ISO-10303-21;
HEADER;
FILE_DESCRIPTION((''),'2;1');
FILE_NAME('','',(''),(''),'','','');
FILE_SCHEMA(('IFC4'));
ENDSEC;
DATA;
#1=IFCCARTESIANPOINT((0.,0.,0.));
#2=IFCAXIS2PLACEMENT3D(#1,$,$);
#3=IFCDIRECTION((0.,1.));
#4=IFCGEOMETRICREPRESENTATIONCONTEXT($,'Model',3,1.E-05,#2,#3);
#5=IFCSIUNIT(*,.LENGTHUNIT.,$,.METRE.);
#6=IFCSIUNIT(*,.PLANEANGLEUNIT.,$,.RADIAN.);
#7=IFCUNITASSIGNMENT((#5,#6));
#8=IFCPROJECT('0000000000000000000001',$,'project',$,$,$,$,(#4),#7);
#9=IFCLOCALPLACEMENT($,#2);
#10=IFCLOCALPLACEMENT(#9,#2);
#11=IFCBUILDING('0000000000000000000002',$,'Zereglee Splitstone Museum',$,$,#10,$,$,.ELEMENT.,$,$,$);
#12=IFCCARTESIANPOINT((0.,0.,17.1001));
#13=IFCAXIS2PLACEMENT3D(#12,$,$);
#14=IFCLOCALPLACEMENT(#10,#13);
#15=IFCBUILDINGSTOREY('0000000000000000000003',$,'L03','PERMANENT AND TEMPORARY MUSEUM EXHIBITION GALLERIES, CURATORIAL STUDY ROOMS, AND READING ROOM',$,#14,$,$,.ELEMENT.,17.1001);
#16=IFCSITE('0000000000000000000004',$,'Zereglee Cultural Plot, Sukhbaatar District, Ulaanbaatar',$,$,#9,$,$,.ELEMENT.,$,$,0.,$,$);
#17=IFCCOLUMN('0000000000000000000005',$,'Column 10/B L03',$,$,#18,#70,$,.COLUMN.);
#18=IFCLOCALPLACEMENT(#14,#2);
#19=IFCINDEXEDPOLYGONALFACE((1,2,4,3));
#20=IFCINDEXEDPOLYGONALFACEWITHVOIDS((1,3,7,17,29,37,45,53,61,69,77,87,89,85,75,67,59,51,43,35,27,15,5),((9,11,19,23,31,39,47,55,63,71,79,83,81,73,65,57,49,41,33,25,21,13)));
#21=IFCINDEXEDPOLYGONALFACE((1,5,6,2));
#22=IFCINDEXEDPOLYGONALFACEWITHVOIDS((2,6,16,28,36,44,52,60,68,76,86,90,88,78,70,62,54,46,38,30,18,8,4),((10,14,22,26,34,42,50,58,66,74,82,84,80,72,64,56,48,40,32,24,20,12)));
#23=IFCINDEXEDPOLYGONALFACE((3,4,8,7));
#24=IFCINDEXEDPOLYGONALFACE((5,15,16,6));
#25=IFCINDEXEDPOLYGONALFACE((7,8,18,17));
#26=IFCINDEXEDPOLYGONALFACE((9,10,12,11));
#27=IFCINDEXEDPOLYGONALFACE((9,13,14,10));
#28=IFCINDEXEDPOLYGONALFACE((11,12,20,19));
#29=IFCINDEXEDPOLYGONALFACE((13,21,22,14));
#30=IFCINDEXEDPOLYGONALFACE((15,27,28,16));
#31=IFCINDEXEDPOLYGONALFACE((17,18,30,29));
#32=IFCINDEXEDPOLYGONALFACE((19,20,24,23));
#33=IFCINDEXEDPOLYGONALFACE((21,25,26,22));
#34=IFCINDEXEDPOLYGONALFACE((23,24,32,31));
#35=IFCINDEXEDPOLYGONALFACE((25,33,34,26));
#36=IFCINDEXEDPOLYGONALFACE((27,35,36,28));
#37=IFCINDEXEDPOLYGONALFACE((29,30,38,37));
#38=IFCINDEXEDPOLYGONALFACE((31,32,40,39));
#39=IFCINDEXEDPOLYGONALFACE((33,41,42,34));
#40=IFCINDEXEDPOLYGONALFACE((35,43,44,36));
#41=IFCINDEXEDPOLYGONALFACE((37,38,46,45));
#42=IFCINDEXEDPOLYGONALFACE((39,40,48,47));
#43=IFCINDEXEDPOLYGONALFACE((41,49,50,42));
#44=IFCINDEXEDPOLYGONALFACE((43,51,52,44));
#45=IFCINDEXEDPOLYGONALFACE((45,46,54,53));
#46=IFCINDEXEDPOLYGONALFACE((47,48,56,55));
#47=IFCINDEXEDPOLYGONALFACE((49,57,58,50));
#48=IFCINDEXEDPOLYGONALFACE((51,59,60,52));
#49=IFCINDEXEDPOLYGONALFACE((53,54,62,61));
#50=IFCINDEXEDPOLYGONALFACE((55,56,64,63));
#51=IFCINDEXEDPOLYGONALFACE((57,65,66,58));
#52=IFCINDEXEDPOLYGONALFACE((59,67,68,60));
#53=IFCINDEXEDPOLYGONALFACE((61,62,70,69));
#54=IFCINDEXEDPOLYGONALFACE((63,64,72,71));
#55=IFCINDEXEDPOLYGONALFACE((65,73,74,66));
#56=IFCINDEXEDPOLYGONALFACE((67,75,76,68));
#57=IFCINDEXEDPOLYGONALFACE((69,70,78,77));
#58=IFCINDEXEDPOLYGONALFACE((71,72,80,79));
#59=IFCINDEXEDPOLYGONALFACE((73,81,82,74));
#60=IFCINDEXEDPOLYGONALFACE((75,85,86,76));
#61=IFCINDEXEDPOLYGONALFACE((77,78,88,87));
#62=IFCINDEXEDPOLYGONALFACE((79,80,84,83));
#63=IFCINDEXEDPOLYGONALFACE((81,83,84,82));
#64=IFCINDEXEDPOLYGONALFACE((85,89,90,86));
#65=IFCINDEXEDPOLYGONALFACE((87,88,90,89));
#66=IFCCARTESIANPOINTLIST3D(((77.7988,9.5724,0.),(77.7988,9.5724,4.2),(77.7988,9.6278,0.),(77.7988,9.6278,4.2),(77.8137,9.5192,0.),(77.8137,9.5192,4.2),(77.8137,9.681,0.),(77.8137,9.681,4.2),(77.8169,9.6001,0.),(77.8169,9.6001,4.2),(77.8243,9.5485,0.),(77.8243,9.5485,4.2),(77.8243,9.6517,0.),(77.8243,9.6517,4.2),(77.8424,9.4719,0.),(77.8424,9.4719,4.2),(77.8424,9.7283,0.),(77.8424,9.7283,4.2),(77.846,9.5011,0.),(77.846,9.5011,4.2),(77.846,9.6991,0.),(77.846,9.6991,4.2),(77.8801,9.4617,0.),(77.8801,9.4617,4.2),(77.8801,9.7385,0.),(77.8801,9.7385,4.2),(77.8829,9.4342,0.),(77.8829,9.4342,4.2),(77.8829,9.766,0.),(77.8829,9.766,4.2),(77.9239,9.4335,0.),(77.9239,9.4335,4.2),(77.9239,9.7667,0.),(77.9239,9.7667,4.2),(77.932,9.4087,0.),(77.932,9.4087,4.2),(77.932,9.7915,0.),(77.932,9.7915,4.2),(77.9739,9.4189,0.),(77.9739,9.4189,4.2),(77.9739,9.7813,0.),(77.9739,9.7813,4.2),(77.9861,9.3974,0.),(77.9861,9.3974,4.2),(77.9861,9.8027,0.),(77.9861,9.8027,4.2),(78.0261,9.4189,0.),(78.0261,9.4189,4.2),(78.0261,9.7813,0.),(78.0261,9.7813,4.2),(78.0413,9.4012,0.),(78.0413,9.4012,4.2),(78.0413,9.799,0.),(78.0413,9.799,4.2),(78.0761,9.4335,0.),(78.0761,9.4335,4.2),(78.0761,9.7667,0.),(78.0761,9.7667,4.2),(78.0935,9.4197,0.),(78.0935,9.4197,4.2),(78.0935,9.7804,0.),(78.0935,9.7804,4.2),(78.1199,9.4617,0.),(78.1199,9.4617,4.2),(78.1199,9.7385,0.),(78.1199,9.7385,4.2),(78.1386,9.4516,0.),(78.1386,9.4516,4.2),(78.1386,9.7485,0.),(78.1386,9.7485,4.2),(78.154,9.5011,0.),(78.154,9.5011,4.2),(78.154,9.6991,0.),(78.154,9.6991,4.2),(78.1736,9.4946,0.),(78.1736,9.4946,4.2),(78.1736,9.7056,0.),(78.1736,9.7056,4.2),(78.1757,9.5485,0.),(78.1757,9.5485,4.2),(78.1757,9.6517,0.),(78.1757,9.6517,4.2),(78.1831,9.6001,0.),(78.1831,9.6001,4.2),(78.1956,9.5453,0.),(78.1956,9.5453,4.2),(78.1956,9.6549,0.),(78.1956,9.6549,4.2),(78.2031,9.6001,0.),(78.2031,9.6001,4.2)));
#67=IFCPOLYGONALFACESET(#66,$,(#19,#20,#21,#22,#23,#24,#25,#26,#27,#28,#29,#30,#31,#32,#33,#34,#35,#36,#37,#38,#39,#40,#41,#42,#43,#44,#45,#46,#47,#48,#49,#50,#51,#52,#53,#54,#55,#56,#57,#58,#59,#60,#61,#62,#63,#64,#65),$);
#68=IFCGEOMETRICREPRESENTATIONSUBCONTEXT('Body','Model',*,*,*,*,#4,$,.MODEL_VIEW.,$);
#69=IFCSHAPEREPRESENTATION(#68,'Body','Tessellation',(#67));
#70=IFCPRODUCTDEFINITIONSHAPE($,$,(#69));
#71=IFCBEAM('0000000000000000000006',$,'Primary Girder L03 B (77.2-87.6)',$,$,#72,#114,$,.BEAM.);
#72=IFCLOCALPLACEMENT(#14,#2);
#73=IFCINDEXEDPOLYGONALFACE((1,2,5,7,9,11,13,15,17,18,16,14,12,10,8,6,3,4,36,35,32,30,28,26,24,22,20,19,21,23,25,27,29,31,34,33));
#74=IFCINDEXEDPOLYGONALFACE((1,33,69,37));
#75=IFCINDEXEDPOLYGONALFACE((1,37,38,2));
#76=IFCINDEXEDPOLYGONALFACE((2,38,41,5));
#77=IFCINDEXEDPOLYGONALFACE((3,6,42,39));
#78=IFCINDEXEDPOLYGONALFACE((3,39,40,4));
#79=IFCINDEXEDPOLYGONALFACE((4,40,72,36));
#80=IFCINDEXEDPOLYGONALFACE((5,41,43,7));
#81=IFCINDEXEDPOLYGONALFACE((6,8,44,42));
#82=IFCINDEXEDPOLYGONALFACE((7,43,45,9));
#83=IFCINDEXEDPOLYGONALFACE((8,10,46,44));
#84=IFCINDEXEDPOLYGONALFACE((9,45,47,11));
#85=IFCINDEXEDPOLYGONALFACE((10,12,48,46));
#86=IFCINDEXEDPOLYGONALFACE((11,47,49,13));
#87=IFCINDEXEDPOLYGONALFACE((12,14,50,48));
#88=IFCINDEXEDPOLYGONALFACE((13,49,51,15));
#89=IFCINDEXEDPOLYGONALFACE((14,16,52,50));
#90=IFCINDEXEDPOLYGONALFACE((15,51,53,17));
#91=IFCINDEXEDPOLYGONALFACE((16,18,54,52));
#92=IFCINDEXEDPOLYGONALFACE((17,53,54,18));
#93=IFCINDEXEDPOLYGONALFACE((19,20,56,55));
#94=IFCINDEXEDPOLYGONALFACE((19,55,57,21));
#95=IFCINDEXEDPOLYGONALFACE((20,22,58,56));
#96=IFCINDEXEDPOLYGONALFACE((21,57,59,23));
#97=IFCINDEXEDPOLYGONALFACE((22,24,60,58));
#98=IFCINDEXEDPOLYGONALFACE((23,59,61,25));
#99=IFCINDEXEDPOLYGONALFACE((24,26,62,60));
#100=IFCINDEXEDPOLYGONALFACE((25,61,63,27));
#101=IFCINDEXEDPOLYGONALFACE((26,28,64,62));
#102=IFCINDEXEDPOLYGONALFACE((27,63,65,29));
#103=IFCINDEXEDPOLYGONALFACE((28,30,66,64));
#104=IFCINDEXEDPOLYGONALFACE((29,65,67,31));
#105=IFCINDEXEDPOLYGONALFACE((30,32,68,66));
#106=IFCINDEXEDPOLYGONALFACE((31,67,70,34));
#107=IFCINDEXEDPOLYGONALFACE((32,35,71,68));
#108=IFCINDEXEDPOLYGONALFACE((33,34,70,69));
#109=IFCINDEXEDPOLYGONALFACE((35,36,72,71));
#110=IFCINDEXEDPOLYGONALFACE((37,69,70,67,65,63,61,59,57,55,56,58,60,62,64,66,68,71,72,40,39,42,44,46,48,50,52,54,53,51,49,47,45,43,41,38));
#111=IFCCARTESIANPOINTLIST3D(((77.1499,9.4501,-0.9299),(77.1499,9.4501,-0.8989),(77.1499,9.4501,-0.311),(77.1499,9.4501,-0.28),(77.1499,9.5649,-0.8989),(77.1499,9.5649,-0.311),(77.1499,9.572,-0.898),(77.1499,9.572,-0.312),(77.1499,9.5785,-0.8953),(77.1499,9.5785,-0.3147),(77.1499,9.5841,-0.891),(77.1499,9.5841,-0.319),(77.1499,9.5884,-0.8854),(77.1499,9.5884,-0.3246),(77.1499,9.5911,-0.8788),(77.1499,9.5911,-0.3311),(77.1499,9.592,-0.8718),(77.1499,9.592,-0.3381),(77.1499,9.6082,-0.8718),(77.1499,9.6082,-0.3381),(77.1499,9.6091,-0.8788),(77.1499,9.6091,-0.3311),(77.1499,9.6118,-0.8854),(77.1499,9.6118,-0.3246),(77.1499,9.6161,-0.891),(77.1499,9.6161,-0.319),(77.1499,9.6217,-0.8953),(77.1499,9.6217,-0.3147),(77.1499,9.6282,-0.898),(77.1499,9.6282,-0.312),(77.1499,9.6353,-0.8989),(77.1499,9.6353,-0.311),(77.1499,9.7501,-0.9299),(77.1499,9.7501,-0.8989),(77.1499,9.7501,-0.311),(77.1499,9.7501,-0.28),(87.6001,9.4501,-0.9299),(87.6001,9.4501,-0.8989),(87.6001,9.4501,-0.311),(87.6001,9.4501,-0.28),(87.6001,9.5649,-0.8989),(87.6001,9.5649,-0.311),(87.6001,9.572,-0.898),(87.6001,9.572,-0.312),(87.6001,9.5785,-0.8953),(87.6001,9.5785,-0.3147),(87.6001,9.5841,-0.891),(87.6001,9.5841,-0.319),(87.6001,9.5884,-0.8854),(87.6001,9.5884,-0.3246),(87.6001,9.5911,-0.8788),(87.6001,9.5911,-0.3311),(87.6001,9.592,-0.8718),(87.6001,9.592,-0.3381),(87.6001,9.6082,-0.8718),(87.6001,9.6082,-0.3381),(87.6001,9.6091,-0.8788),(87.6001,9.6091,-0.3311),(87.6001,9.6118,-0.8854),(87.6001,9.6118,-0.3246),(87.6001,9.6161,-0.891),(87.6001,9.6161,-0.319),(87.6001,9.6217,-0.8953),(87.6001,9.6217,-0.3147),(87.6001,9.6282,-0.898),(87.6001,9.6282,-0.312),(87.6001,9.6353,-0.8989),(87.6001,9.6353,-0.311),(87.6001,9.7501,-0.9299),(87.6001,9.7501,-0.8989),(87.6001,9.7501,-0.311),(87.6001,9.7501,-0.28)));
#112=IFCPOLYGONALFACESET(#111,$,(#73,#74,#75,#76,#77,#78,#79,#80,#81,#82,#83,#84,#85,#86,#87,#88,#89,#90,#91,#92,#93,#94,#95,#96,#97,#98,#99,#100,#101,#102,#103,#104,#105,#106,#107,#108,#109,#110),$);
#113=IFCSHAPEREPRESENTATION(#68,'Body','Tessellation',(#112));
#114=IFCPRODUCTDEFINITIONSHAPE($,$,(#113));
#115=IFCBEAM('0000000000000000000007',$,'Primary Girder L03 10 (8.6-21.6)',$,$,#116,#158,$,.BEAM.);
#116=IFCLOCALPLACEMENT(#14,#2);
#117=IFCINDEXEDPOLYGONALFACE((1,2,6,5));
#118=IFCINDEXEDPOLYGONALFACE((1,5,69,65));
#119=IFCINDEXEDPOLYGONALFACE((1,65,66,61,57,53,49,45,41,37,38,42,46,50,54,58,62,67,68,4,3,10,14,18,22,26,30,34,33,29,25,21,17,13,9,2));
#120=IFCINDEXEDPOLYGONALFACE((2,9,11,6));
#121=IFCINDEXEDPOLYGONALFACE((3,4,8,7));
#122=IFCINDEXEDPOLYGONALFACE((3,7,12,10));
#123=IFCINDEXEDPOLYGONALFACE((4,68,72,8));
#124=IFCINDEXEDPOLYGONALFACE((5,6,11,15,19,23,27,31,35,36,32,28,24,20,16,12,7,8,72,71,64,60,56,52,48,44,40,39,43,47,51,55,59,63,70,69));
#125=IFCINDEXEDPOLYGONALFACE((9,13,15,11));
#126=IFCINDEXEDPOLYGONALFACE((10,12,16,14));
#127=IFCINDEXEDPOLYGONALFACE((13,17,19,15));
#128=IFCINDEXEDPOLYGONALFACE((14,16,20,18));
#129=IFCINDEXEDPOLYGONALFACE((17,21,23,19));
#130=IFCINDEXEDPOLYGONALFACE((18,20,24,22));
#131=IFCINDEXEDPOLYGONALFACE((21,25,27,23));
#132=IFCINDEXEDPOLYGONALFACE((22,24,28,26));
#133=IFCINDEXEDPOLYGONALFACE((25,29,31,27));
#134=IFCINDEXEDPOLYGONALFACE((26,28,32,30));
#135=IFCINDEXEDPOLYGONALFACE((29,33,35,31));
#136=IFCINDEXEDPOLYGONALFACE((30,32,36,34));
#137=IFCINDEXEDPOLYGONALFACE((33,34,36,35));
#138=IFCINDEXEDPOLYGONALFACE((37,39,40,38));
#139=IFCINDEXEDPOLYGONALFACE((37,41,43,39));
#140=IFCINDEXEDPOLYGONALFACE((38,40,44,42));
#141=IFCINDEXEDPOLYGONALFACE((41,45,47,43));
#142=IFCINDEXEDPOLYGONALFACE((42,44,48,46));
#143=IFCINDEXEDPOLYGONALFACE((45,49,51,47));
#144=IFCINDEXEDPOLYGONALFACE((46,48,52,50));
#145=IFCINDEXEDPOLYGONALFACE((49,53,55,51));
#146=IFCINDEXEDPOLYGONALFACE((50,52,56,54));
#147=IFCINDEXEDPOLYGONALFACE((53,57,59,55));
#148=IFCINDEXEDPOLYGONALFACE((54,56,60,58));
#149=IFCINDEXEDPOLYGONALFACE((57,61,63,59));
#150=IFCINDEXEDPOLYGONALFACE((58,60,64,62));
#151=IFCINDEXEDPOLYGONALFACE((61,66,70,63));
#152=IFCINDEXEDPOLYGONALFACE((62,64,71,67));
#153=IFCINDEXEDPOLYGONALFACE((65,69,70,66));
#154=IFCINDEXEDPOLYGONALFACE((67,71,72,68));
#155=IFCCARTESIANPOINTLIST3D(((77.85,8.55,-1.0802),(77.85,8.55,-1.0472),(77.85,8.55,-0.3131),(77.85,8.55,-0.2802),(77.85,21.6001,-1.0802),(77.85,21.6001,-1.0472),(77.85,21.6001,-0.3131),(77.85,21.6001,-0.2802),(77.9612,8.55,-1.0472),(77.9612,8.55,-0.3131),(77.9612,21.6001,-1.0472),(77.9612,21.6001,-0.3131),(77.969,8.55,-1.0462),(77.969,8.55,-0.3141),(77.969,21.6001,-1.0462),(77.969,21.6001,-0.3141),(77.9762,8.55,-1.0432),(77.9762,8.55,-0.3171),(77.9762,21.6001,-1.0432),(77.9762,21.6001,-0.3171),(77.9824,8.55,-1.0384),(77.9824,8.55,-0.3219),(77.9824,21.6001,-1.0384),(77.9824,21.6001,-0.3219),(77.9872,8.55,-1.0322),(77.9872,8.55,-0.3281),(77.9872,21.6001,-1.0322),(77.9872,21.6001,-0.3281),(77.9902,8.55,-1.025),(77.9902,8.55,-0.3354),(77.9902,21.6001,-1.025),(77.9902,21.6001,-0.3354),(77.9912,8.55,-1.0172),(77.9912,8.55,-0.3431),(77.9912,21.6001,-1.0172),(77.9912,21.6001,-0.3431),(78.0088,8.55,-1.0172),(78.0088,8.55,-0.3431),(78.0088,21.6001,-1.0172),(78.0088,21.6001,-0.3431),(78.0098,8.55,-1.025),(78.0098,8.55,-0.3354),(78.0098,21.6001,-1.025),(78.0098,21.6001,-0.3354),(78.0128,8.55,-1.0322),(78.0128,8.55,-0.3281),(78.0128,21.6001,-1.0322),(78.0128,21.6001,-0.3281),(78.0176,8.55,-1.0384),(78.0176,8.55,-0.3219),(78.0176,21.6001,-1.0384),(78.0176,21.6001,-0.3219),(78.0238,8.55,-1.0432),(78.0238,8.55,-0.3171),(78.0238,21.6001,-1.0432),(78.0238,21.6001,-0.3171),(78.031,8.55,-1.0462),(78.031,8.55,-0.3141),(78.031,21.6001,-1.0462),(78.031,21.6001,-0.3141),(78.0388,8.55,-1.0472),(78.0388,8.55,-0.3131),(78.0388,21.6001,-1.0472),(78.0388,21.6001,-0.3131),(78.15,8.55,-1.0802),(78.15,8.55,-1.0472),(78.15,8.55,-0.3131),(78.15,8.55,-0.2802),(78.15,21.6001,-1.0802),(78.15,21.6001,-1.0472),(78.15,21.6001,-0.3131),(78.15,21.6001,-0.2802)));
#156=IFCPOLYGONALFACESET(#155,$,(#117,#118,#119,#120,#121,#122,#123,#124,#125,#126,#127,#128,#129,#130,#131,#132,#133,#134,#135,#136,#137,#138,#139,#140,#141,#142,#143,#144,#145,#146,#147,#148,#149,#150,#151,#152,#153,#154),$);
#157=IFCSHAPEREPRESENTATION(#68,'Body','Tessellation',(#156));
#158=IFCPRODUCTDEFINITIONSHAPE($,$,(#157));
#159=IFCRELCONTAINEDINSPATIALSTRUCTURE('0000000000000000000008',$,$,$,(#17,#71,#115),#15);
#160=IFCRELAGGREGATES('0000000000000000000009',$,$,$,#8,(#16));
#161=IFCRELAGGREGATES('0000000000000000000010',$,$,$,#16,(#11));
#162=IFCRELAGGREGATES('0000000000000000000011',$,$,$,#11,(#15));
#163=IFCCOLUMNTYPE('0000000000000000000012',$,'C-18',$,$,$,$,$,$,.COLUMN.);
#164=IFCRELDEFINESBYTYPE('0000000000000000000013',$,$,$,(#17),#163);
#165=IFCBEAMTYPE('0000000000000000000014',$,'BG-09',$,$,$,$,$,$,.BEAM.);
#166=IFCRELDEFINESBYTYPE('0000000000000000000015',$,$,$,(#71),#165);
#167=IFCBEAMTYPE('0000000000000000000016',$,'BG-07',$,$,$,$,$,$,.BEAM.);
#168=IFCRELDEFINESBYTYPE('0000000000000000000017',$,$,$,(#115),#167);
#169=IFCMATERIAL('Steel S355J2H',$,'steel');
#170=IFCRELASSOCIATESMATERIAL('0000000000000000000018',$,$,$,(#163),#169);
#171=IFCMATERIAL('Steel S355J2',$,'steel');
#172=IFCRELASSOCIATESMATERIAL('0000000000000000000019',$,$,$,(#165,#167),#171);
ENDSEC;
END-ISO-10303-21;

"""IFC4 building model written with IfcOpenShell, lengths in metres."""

from ifc_helpers import new_model, si_unit, direction, frame, origin, origin_2d, place, context, subcontext, project, spatial, hollow_circle, i_section, extrude, material, material_profile, profile_set, type_object, element, save


model = new_model("IFC4")

# Units and contexts
model_context = context("Model", 3, precision=1e-05, world=origin(), true_north=direction((0.0, 1.0)))
body_context = subcontext(model_context, "Body", "Model", "MODEL_VIEW")
ifc_project = project(units=[si_unit("LENGTHUNIT", "METRE"), si_unit("PLANEANGLEUNIT", "RADIAN")], contexts=[model_context])

# Site, building, storey
site_placement = place(None, origin())
site = spatial("IfcSite", under=ifc_project, at=site_placement, Name="Zereglee Cultural Plot, Sukhbaatar District, Ulaanbaatar", CompositionType="ELEMENT", RefElevation=0.0)
building_placement = place(site_placement, origin())
building = spatial("IfcBuilding", under=site, at=building_placement, Name="Zereglee Splitstone Museum", CompositionType="ELEMENT")
storey_placement = place(building_placement, frame((0.0, 0.0, 17.1001)))
storey = spatial("IfcBuildingStorey", under=building, at=storey_placement, Name="L03", Description="PERMANENT AND TEMPORARY MUSEUM EXHIBITION GALLERIES, CURATORIAL STUDY ROOMS, AND READING ROOM", CompositionType="ELEMENT", Elevation=17.1001)

# Column
ifc_material_1 = material(Name="Steel S355J2H", Category="steel")
ifc_material_profile_1 = material_profile(ifc_material_1, hollow_circle(Radius=0.2031, WallThickness=0.02, at=origin_2d()), Name="CHS 406.4x20")
ifc_profile_set_1 = profile_set([ifc_material_profile_1], Name="Steel S355J2H")
column_type = type_object("IfcColumnType", Name="C-18", PredefinedType="COLUMN", material=ifc_profile_set_1)
column_placement = place(storey_placement, frame((78.0, 9.6001, 0.0), z_axis=(0.0, 0.0, 1.0), x_axis=(1.0, 0.0, 0.0)))
element("IfcColumn", 1, at=column_placement, inside=storey, type_object=column_type, Name="Column 10/B L03", PredefinedType="COLUMN", context=body_context, shape_type="SweptSolid", body=[
    extrude(hollow_circle(Radius=0.2031, WallThickness=0.02, at=origin_2d()), origin(), (0.0, 0.0, 1.0), 4.2),
])

# Beams
ifc_material_2 = material(Name="Steel S355J2", Category="steel")
ifc_material_profile_2 = material_profile(ifc_material_2, i_section(OverallWidth=0.3, OverallDepth=0.6499, WebThickness=0.0161, FlangeThickness=0.031, FilletRadius=0.0271, at=origin_2d()), Name="HE 650 B")
ifc_profile_set_2 = profile_set([ifc_material_profile_2], Name="Steel S355J2")
beam_type_1 = type_object("IfcBeamType", Name="BG-09", PredefinedType="BEAM", material=ifc_profile_set_2)
beam_1_placement = place(storey_placement, frame((77.1499, 9.6001, -0.605), z_axis=(1.0, 0.0, 0.0), x_axis=(0.0, 1.0, 0.0)))
element("IfcBeam", 2, at=beam_1_placement, inside=storey, type_object=beam_type_1, Name="Primary Girder L03 B (77.2-87.6)", PredefinedType="BEAM", context=body_context, shape_type="SweptSolid", body=[
    extrude(i_section(OverallWidth=0.3, OverallDepth=0.6499, WebThickness=0.0161, FlangeThickness=0.031, FilletRadius=0.0271, at=origin_2d()), origin(), (0.0, 0.0, 1.0), 10.4502),
])
ifc_material_profile_3 = material_profile(ifc_material_2, i_section(OverallWidth=0.3, OverallDepth=0.8, WebThickness=0.0176, FlangeThickness=0.033, FilletRadius=0.03, at=origin_2d()), Name="HE 800 B")
ifc_profile_set_3 = profile_set([ifc_material_profile_3], Name="Steel S355J2")
beam_type_2 = type_object("IfcBeamType", Name="BG-07", PredefinedType="BEAM", material=ifc_profile_set_3)
beam_2_placement = place(storey_placement, frame((78.0, 8.55, -0.6802), z_axis=(0.0, 1.0, 0.0), x_axis=(-1.0, 0.0, 0.0)))
element("IfcBeam", 3, at=beam_2_placement, inside=storey, type_object=beam_type_2, Name="Primary Girder L03 10 (8.6-21.6)", PredefinedType="BEAM", context=body_context, shape_type="SweptSolid", body=[
    extrude(i_section(OverallWidth=0.3, OverallDepth=0.8, WebThickness=0.0176, FlangeThickness=0.033, FilletRadius=0.03, at=origin_2d()), origin(), (0.0, 0.0, 1.0), 13.05),
])

save(model, "model.ifc")
